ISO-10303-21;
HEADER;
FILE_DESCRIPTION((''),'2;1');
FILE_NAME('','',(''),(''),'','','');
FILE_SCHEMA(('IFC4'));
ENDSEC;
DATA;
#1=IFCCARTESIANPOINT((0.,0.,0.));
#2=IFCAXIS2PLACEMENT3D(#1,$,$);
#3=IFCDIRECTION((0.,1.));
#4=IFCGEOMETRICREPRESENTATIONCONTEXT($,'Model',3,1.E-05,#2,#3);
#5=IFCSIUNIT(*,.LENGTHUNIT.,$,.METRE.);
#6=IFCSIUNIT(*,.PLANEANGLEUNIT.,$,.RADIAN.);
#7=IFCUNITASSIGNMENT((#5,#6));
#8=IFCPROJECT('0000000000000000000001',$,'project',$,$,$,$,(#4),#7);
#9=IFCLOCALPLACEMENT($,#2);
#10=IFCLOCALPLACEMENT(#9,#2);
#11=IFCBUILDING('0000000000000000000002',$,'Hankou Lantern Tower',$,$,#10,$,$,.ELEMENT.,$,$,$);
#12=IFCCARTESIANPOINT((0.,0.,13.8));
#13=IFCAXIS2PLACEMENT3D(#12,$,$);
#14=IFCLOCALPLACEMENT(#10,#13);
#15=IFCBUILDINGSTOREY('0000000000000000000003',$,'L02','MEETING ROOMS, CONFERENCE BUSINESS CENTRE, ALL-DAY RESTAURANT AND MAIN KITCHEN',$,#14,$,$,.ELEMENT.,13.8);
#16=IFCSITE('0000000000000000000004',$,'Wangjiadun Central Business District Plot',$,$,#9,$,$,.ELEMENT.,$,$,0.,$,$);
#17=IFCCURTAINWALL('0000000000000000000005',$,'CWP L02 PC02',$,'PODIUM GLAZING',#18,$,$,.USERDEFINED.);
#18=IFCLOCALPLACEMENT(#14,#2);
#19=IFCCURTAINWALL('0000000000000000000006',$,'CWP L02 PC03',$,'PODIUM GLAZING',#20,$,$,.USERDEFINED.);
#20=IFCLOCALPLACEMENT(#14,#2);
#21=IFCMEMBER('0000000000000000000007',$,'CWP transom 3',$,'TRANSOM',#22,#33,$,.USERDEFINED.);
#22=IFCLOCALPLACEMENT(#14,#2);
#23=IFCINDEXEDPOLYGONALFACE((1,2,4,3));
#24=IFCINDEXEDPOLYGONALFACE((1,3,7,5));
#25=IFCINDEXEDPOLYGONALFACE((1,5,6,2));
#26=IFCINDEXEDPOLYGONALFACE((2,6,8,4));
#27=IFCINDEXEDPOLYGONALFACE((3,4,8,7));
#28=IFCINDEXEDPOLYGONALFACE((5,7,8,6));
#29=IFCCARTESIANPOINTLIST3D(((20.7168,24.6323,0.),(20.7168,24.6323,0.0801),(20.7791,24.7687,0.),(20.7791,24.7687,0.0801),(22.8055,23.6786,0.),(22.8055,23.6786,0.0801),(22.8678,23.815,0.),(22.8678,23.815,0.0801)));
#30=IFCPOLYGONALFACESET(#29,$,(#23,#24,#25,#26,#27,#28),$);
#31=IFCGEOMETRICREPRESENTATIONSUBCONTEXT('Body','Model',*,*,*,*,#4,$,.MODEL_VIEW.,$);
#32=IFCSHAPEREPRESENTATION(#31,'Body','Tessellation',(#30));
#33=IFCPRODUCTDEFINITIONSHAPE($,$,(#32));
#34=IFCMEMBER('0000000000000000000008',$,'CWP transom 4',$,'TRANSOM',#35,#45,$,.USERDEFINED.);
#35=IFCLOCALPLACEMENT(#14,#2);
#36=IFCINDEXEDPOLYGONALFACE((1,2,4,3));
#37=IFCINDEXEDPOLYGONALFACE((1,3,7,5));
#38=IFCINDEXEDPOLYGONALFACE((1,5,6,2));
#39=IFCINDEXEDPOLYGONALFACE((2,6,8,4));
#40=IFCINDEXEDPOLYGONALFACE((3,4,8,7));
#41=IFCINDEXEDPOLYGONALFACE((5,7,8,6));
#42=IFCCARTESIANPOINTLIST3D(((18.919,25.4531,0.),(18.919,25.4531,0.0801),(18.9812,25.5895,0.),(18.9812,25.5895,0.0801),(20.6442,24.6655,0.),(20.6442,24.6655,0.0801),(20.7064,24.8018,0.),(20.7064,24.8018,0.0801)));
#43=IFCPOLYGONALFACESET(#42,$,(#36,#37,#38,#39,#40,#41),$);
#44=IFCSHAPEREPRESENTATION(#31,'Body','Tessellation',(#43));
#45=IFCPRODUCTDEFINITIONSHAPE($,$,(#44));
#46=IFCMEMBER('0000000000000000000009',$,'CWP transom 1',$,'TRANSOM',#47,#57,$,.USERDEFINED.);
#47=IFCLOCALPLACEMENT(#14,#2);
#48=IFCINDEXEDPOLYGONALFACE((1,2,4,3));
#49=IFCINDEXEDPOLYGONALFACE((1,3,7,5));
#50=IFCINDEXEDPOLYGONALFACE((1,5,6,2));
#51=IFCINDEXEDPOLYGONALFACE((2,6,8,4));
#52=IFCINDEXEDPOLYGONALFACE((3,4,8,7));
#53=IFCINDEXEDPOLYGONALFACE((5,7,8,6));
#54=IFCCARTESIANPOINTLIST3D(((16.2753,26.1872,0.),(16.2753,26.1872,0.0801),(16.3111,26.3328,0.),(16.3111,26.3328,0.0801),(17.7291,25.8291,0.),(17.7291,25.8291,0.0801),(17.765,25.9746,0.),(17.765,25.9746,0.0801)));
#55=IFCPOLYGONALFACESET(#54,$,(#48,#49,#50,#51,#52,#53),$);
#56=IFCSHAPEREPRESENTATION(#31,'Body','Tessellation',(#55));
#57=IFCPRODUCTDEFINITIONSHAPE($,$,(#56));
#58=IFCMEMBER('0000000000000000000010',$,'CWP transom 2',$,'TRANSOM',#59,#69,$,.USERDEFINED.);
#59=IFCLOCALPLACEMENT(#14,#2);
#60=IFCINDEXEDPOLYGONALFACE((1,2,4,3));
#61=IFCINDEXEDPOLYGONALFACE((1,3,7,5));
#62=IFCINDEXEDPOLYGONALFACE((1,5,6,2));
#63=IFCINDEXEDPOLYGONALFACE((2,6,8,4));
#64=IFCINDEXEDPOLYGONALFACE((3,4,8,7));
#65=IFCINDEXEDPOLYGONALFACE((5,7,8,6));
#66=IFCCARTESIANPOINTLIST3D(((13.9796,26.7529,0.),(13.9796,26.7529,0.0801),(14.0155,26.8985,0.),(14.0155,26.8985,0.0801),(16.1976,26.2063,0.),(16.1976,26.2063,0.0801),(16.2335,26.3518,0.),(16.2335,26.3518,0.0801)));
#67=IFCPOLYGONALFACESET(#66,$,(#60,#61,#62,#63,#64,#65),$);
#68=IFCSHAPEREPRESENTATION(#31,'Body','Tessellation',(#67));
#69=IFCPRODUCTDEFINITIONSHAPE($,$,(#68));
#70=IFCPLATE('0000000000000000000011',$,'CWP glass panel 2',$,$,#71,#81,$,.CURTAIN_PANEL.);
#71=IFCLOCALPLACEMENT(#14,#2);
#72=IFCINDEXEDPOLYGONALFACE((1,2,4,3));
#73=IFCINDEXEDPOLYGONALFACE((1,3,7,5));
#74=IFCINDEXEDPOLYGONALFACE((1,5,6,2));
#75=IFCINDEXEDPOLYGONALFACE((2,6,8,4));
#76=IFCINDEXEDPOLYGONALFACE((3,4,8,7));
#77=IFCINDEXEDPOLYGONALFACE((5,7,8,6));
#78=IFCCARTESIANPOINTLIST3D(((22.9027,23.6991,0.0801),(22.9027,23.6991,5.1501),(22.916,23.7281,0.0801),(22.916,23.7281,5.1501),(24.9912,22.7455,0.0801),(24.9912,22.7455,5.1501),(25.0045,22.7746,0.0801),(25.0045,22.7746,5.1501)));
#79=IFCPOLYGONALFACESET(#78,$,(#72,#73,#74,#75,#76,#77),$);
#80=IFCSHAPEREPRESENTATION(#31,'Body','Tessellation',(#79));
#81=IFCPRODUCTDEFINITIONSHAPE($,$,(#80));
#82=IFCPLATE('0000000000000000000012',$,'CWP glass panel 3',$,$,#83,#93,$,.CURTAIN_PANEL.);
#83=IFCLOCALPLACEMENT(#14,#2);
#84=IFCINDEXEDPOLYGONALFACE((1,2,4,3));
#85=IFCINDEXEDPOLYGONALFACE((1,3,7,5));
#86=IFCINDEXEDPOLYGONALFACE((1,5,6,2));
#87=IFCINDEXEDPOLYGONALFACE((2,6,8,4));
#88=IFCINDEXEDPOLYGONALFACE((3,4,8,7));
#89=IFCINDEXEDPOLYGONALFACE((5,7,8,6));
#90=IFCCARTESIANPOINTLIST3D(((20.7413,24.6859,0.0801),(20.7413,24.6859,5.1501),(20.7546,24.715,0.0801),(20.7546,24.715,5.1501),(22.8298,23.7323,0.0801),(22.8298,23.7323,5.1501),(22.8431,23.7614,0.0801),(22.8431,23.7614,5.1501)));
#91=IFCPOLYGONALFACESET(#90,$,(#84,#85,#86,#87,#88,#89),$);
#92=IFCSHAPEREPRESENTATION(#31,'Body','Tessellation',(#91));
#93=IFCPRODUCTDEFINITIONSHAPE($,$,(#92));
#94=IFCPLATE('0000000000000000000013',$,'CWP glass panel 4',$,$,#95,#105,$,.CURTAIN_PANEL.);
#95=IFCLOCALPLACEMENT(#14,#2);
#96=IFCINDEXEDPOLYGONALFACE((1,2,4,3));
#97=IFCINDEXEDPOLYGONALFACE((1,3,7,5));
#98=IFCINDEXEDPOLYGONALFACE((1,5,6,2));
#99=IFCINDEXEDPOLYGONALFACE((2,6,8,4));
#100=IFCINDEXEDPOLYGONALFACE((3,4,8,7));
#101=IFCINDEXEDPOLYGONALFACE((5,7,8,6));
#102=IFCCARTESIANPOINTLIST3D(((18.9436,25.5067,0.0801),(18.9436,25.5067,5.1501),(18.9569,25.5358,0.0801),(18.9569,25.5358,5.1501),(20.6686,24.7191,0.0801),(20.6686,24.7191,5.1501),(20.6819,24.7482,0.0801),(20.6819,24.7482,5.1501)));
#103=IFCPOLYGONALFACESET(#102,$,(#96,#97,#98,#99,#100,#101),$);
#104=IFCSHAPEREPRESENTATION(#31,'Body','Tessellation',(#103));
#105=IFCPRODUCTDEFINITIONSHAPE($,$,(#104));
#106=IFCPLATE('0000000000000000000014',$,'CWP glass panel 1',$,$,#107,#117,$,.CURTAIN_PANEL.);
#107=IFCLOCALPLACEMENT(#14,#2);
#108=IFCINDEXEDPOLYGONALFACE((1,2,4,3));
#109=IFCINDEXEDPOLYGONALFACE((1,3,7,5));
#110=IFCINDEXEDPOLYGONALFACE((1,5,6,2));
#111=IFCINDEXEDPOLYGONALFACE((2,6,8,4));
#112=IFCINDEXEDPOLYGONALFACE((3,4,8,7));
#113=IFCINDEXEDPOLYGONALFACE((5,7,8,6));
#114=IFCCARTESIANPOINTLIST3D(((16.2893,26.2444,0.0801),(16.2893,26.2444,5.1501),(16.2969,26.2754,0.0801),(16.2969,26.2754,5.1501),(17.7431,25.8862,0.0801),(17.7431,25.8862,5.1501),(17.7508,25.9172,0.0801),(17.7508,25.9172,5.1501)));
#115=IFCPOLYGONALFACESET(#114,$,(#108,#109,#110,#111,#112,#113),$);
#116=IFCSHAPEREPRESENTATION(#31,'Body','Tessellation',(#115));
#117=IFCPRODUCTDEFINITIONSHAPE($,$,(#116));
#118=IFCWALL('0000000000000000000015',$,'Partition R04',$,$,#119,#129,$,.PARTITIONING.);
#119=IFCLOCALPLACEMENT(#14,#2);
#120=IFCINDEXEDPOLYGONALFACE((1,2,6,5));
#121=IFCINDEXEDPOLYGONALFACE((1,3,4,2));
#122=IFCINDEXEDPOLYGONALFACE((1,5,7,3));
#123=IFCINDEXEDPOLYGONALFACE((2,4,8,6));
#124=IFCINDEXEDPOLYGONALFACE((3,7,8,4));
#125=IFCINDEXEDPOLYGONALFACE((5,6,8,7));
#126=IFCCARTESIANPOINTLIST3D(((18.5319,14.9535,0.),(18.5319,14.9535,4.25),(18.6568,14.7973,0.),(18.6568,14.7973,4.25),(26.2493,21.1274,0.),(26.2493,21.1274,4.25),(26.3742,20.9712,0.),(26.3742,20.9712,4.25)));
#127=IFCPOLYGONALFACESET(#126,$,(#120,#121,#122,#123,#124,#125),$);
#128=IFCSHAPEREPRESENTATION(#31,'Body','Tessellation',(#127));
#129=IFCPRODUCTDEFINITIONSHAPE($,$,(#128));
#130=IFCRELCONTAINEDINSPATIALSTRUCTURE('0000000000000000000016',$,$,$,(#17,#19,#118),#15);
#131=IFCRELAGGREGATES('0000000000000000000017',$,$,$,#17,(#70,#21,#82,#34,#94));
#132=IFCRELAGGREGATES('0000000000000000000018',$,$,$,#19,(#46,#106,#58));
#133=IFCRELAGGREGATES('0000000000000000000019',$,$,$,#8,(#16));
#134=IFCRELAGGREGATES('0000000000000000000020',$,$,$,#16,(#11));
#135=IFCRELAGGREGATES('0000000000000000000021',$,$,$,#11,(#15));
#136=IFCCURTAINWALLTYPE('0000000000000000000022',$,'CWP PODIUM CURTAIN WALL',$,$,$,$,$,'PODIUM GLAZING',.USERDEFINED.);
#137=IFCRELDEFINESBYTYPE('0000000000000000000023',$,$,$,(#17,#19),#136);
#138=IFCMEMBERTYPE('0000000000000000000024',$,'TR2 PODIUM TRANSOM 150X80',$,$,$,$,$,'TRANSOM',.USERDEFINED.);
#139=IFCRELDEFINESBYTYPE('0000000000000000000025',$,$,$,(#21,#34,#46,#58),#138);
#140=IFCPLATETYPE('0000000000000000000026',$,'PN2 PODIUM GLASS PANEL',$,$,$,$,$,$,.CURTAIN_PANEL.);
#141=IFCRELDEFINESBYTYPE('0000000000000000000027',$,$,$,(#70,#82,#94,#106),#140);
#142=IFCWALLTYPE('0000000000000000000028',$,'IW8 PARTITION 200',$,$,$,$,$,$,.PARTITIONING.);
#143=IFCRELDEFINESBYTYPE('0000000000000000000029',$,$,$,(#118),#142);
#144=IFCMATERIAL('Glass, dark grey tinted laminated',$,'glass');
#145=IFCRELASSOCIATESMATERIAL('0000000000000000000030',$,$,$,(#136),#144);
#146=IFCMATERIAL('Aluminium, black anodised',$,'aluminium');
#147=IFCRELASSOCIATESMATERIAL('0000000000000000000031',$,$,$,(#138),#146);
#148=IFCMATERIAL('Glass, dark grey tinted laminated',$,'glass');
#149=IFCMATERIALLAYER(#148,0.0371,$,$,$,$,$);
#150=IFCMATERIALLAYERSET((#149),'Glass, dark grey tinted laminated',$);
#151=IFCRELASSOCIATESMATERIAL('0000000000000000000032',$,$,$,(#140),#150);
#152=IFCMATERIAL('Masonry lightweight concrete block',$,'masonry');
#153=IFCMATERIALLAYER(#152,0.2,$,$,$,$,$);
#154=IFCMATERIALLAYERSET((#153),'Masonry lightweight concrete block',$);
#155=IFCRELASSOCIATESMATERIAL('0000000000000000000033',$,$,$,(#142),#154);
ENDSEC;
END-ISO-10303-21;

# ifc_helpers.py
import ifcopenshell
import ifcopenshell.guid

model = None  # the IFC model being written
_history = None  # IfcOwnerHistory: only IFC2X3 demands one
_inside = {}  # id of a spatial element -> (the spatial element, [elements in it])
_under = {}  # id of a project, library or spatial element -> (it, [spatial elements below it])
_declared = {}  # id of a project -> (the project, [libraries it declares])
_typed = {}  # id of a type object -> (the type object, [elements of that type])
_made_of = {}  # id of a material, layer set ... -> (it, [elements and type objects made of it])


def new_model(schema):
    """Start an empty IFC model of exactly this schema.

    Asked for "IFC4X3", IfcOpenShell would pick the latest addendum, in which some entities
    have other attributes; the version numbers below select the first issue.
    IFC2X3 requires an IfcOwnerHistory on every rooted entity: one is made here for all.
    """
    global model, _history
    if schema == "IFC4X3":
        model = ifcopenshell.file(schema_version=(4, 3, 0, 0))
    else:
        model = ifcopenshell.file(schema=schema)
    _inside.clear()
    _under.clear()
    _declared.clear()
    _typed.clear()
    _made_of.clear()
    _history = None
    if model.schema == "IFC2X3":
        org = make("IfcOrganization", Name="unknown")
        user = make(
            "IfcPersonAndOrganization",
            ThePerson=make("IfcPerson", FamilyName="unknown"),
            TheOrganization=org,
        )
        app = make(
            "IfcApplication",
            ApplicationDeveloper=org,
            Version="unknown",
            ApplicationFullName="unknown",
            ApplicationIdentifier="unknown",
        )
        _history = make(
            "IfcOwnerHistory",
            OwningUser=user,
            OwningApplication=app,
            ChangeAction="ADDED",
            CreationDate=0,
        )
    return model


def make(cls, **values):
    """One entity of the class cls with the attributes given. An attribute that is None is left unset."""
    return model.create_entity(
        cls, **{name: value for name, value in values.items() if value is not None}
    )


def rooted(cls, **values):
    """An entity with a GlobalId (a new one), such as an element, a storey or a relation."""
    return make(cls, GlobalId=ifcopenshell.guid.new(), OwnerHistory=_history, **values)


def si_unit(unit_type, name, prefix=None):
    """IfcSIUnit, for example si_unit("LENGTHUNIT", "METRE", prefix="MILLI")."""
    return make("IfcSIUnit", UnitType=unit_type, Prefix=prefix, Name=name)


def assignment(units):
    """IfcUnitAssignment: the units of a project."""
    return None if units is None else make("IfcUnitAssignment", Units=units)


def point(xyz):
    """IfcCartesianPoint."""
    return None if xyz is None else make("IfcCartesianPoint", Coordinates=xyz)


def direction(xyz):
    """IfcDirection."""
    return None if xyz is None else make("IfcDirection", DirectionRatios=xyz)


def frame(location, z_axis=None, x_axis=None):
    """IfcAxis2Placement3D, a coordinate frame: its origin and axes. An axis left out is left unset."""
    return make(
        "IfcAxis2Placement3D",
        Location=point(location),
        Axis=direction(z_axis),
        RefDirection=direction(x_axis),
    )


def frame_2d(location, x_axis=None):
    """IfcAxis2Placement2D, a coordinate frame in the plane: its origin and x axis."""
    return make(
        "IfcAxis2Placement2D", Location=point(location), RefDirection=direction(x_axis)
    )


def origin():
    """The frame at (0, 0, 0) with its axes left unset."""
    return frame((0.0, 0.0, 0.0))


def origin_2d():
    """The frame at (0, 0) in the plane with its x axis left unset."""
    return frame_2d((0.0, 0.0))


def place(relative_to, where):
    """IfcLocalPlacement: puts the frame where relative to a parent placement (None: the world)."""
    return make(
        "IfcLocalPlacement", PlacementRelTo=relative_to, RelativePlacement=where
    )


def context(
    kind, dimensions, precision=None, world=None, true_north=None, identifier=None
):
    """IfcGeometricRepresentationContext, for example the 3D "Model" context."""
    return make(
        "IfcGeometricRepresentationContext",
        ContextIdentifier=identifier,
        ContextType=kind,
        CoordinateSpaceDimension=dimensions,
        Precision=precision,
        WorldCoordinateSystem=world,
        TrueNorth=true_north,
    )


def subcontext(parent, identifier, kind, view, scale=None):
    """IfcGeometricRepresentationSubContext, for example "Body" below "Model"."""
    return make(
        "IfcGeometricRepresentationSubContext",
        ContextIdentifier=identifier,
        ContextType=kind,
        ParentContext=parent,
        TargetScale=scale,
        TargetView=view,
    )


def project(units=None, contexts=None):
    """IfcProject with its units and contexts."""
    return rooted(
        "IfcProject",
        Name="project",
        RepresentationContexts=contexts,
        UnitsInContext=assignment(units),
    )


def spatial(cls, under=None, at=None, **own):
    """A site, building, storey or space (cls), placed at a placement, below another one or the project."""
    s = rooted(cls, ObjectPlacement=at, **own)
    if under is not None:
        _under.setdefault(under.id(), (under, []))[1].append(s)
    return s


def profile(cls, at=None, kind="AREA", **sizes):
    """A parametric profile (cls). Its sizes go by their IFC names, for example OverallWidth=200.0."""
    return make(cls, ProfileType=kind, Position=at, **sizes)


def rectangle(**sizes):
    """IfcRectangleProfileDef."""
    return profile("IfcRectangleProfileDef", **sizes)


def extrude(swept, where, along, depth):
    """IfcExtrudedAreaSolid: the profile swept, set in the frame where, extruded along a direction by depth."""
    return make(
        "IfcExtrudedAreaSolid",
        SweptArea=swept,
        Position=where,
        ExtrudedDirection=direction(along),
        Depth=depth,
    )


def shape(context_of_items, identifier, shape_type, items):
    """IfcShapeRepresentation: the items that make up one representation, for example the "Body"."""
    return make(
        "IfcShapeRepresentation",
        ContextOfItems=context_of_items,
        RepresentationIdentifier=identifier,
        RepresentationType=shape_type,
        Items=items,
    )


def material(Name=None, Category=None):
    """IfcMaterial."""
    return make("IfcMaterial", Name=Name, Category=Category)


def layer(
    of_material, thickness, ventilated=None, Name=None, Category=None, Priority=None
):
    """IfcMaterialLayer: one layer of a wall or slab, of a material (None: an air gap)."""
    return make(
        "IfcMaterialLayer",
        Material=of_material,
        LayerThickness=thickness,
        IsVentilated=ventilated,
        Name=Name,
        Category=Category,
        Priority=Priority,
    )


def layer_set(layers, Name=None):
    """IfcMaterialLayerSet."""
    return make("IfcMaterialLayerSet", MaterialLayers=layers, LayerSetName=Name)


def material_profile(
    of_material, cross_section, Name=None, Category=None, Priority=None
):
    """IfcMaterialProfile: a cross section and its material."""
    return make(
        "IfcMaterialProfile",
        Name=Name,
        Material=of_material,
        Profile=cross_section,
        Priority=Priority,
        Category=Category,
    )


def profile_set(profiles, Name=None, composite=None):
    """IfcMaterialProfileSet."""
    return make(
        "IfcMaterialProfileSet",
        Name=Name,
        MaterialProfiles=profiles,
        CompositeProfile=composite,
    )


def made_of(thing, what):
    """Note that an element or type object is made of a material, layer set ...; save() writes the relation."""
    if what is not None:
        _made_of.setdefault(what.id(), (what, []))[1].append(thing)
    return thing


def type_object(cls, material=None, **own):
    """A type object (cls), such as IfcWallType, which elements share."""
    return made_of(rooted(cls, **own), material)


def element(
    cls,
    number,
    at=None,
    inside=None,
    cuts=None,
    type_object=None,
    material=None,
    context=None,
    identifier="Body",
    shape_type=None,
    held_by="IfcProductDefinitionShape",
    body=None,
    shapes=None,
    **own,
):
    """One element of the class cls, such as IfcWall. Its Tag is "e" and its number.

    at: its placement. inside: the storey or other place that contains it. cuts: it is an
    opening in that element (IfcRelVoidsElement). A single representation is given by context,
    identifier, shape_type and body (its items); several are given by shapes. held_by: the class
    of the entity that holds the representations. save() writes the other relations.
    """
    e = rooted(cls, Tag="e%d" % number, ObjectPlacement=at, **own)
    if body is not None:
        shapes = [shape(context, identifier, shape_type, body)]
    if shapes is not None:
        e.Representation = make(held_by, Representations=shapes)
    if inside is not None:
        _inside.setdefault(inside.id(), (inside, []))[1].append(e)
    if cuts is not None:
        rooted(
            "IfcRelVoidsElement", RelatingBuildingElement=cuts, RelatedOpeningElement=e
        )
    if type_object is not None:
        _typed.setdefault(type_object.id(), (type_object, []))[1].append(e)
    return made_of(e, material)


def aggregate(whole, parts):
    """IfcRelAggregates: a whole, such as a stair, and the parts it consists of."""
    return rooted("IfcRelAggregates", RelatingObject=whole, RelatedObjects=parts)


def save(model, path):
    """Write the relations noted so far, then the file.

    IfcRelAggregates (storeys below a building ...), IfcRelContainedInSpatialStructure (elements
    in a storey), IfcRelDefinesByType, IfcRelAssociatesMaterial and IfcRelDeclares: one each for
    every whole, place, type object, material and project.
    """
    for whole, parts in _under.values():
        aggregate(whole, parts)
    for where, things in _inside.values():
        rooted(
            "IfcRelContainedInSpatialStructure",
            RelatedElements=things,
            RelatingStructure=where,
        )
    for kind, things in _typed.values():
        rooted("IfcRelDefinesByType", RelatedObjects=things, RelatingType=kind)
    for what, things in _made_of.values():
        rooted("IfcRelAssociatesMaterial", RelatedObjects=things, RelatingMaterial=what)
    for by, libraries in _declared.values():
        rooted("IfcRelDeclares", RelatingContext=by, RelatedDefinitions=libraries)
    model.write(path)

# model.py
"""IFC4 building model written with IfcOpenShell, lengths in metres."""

from ifc_helpers import new_model, si_unit, direction, frame, frame_2d, origin, origin_2d, place, context, subcontext, project, spatial, rectangle, extrude, material, layer, layer_set, material_profile, profile_set, type_object, element, aggregate, save


model = new_model("IFC4")

# Units and contexts
model_context = context("Model", 3, precision=1e-05, world=origin(), true_north=direction((0.0, 1.0)))
body_context = subcontext(model_context, "Body", "Model", "MODEL_VIEW")
ifc_project = project(units=[si_unit("LENGTHUNIT", "METRE"), si_unit("PLANEANGLEUNIT", "RADIAN")], contexts=[model_context])

# Site, building, storey
site_placement = place(None, origin())
site = spatial("IfcSite", under=ifc_project, at=site_placement, Name="Wangjiadun Central Business District Plot", CompositionType="ELEMENT", RefElevation=0.0)
building_placement = place(site_placement, origin())
building = spatial("IfcBuilding", under=site, at=building_placement, Name="Hankou Lantern Tower", CompositionType="ELEMENT")
storey_placement = place(building_placement, frame((0.0, 0.0, 13.8)))
storey = spatial("IfcBuildingStorey", under=building, at=storey_placement, Name="L02", Description="MEETING ROOMS, CONFERENCE BUSINESS CENTRE, ALL-DAY RESTAURANT AND MAIN KITCHEN", CompositionType="ELEMENT", Elevation=13.8)

# Curtain walls
ifc_material_1 = material(Name="Glass, dark grey tinted laminated", Category="glass")
curtain_wall_type = type_object("IfcCurtainWallType", Name="CWP PODIUM CURTAIN WALL", ElementType="PODIUM GLAZING", PredefinedType="USERDEFINED", material=ifc_material_1)
curtain_wall_1_placement = place(storey_placement, origin())
curtain_wall_1 = element("IfcCurtainWall", 1, at=curtain_wall_1_placement, inside=storey, type_object=curtain_wall_type, Name="CWP L02 PC02", ObjectType="PODIUM GLAZING", PredefinedType="USERDEFINED")
curtain_wall_2_placement = place(storey_placement, origin())
curtain_wall_2 = element("IfcCurtainWall", 2, at=curtain_wall_2_placement, inside=storey, type_object=curtain_wall_type, Name="CWP L02 PC03", ObjectType="PODIUM GLAZING", PredefinedType="USERDEFINED")

# Members
ifc_material_2 = material(Name="Aluminium, black anodised", Category="aluminium")
ifc_material_profile_1 = material_profile(ifc_material_2, rectangle(XDim=0.1499, YDim=0.0801, at=origin_2d()), Name="TR2 150X80")
ifc_profile_set_1 = profile_set([ifc_material_profile_1], Name="Aluminium, black anodised")
member_type_1 = type_object("IfcMemberType", Name="TR2 PODIUM TRANSOM 150X80", ElementType="TRANSOM", PredefinedType="USERDEFINED", material=ifc_profile_set_1)
member_1_placement = place(storey_placement, frame((22.8367, 23.7468, 0.04), z_axis=(-0.90967, 0.415333, 0.0), x_axis=(-0.415333, -0.90967, 0.0)))
member_1 = element("IfcMember", 3, at=member_1_placement, type_object=member_type_1, Name="CWP transom 3", ObjectType="TRANSOM", PredefinedType="USERDEFINED", context=body_context, shape_type="SweptSolid", body=[
    extrude(rectangle(XDim=0.1499, YDim=0.0801, at=origin_2d()), origin(), (0.0, 0.0, 1.0), 2.2961),
])
member_2_placement = place(storey_placement, frame((20.6753, 24.7336, 0.04), z_axis=(-0.909677, 0.415316, 0.0), x_axis=(-0.415316, -0.909677, 0.0)))
member_2 = element("IfcMember", 4, at=member_2_placement, type_object=member_type_1, Name="CWP transom 4", ObjectType="TRANSOM", PredefinedType="USERDEFINED", context=body_context, shape_type="SweptSolid", body=[
    extrude(rectangle(XDim=0.1499, YDim=0.0801, at=origin_2d()), origin(), (0.0, 0.0, 1.0), 1.8965),
])
member_3_placement = place(storey_placement, frame((17.7471, 25.9019, 0.04), z_axis=(-0.970971, 0.239196, 0.0), x_axis=(-0.239196, -0.970971, 0.0)))
member_3 = element("IfcMember", 5, at=member_3_placement, type_object=member_type_1, Name="CWP transom 1", ObjectType="TRANSOM", PredefinedType="USERDEFINED", context=body_context, shape_type="SweptSolid", body=[
    extrude(rectangle(XDim=0.1499, YDim=0.0801, at=origin_2d()), origin(), (0.0, 0.0, 1.0), 1.4973),
])
member_4_placement = place(storey_placement, frame((16.2156, 26.2791, 0.04), z_axis=(-0.970948, 0.23929, 0.0), x_axis=(-0.23929, -0.970948, 0.0)))
member_4 = element("IfcMember", 6, at=member_4_placement, type_object=member_type_1, Name="CWP transom 2", ObjectType="TRANSOM", PredefinedType="USERDEFINED", context=body_context, shape_type="SweptSolid", body=[
    extrude(rectangle(XDim=0.1499, YDim=0.0801, at=origin_2d()), origin(), (0.0, 0.0, 1.0), 2.2844),
])

# Plates
ifc_material_3 = material(Name="Glass, dark grey tinted laminated", Category="glass")
ifc_layer_1 = layer(ifc_material_3, 0.0371)
ifc_layer_set_1 = layer_set([ifc_layer_1], Name="Glass, dark grey tinted laminated")
plate_type = type_object("IfcPlateType", Name="PN2 PODIUM GLASS PANEL", PredefinedType="CURTAIN_PANEL", material=ifc_layer_set_1)
plate_1_placement = place(storey_placement, frame((23.9536, 23.2368, 0.0801), z_axis=(0.0, 0.0, 1.0), x_axis=(-0.90967, 0.415332, 0.0)))
plate_1 = element("IfcPlate", 7, at=plate_1_placement, type_object=plate_type, Name="CWP glass panel 2", PredefinedType="CURTAIN_PANEL", context=body_context, shape_type="SweptSolid", body=[
    extrude(rectangle(XDim=2.2959, YDim=0.032, at=origin_2d()), origin(), (0.0, 0.0, 1.0), 5.0701),
])
plate_2_placement = place(storey_placement, frame((21.7922, 24.2236, 0.0801), z_axis=(0.0, 0.0, 1.0), x_axis=(-0.90967, 0.415332, 0.0)))
plate_2 = element("IfcPlate", 8, at=plate_2_placement, type_object=plate_type, Name="CWP glass panel 3", PredefinedType="CURTAIN_PANEL", context=body_context, shape_type="SweptSolid", body=[
    extrude(rectangle(XDim=2.2959, YDim=0.032, at=origin_2d()), origin(), (0.0, 0.0, 1.0), 5.0701),
])
plate_3_placement = place(storey_placement, frame((19.8127, 25.1274, 0.0801), z_axis=(0.0, 0.0, 1.0), x_axis=(-0.90967, 0.415332, 0.0)))
plate_3 = element("IfcPlate", 9, at=plate_3_placement, type_object=plate_type, Name="CWP glass panel 4", PredefinedType="CURTAIN_PANEL", context=body_context, shape_type="SweptSolid", body=[
    extrude(rectangle(XDim=1.8962, YDim=0.032, at=origin_2d()), origin(), (0.0, 0.0, 1.0), 5.0701),
])
aggregate(curtain_wall_1, [plate_1, member_1, plate_2, member_2, plate_3])
plate_4_placement = place(storey_placement, frame((17.02, 26.0808, 0.0801), z_axis=(0.0, 0.0, 1.0), x_axis=(-0.970961, 0.239238, 0.0)))
plate_4 = element("IfcPlate", 10, at=plate_4_placement, type_object=plate_type, Name="CWP glass panel 1", PredefinedType="CURTAIN_PANEL", context=body_context, shape_type="SweptSolid", body=[
    extrude(rectangle(XDim=1.4973, YDim=0.032, at=origin_2d()), origin(), (0.0, 0.0, 1.0), 5.0701),
])
aggregate(curtain_wall_2, [member_3, plate_4, member_4])

# Wall
ifc_material_4 = material(Name="Masonry lightweight concrete block", Category="masonry")
ifc_layer_2 = layer(ifc_material_4, 0.2)
ifc_layer_set_2 = layer_set([ifc_layer_2], Name="Masonry lightweight concrete block")
wall_type = type_object("IfcWallType", Name="IW8 PARTITION 200", PredefinedType="PARTITIONING", material=ifc_layer_set_2)
wall_placement = place(storey_placement, frame((18.5945, 14.8755, 0.0), z_axis=(0.0, 0.0, 1.0), x_axis=(0.780869, 0.624695, 0.0)))
element("IfcWall", 11, at=wall_placement, inside=storey, type_object=wall_type, Name="Partition R04", PredefinedType="PARTITIONING", context=body_context, shape_type="SweptSolid", body=[
    extrude(rectangle(XDim=9.8831, YDim=0.2, at=frame_2d((4.9414, 0.0))), origin(), (0.0, 0.0, 1.0), 4.25),
])

save(model, "model.ifc")
